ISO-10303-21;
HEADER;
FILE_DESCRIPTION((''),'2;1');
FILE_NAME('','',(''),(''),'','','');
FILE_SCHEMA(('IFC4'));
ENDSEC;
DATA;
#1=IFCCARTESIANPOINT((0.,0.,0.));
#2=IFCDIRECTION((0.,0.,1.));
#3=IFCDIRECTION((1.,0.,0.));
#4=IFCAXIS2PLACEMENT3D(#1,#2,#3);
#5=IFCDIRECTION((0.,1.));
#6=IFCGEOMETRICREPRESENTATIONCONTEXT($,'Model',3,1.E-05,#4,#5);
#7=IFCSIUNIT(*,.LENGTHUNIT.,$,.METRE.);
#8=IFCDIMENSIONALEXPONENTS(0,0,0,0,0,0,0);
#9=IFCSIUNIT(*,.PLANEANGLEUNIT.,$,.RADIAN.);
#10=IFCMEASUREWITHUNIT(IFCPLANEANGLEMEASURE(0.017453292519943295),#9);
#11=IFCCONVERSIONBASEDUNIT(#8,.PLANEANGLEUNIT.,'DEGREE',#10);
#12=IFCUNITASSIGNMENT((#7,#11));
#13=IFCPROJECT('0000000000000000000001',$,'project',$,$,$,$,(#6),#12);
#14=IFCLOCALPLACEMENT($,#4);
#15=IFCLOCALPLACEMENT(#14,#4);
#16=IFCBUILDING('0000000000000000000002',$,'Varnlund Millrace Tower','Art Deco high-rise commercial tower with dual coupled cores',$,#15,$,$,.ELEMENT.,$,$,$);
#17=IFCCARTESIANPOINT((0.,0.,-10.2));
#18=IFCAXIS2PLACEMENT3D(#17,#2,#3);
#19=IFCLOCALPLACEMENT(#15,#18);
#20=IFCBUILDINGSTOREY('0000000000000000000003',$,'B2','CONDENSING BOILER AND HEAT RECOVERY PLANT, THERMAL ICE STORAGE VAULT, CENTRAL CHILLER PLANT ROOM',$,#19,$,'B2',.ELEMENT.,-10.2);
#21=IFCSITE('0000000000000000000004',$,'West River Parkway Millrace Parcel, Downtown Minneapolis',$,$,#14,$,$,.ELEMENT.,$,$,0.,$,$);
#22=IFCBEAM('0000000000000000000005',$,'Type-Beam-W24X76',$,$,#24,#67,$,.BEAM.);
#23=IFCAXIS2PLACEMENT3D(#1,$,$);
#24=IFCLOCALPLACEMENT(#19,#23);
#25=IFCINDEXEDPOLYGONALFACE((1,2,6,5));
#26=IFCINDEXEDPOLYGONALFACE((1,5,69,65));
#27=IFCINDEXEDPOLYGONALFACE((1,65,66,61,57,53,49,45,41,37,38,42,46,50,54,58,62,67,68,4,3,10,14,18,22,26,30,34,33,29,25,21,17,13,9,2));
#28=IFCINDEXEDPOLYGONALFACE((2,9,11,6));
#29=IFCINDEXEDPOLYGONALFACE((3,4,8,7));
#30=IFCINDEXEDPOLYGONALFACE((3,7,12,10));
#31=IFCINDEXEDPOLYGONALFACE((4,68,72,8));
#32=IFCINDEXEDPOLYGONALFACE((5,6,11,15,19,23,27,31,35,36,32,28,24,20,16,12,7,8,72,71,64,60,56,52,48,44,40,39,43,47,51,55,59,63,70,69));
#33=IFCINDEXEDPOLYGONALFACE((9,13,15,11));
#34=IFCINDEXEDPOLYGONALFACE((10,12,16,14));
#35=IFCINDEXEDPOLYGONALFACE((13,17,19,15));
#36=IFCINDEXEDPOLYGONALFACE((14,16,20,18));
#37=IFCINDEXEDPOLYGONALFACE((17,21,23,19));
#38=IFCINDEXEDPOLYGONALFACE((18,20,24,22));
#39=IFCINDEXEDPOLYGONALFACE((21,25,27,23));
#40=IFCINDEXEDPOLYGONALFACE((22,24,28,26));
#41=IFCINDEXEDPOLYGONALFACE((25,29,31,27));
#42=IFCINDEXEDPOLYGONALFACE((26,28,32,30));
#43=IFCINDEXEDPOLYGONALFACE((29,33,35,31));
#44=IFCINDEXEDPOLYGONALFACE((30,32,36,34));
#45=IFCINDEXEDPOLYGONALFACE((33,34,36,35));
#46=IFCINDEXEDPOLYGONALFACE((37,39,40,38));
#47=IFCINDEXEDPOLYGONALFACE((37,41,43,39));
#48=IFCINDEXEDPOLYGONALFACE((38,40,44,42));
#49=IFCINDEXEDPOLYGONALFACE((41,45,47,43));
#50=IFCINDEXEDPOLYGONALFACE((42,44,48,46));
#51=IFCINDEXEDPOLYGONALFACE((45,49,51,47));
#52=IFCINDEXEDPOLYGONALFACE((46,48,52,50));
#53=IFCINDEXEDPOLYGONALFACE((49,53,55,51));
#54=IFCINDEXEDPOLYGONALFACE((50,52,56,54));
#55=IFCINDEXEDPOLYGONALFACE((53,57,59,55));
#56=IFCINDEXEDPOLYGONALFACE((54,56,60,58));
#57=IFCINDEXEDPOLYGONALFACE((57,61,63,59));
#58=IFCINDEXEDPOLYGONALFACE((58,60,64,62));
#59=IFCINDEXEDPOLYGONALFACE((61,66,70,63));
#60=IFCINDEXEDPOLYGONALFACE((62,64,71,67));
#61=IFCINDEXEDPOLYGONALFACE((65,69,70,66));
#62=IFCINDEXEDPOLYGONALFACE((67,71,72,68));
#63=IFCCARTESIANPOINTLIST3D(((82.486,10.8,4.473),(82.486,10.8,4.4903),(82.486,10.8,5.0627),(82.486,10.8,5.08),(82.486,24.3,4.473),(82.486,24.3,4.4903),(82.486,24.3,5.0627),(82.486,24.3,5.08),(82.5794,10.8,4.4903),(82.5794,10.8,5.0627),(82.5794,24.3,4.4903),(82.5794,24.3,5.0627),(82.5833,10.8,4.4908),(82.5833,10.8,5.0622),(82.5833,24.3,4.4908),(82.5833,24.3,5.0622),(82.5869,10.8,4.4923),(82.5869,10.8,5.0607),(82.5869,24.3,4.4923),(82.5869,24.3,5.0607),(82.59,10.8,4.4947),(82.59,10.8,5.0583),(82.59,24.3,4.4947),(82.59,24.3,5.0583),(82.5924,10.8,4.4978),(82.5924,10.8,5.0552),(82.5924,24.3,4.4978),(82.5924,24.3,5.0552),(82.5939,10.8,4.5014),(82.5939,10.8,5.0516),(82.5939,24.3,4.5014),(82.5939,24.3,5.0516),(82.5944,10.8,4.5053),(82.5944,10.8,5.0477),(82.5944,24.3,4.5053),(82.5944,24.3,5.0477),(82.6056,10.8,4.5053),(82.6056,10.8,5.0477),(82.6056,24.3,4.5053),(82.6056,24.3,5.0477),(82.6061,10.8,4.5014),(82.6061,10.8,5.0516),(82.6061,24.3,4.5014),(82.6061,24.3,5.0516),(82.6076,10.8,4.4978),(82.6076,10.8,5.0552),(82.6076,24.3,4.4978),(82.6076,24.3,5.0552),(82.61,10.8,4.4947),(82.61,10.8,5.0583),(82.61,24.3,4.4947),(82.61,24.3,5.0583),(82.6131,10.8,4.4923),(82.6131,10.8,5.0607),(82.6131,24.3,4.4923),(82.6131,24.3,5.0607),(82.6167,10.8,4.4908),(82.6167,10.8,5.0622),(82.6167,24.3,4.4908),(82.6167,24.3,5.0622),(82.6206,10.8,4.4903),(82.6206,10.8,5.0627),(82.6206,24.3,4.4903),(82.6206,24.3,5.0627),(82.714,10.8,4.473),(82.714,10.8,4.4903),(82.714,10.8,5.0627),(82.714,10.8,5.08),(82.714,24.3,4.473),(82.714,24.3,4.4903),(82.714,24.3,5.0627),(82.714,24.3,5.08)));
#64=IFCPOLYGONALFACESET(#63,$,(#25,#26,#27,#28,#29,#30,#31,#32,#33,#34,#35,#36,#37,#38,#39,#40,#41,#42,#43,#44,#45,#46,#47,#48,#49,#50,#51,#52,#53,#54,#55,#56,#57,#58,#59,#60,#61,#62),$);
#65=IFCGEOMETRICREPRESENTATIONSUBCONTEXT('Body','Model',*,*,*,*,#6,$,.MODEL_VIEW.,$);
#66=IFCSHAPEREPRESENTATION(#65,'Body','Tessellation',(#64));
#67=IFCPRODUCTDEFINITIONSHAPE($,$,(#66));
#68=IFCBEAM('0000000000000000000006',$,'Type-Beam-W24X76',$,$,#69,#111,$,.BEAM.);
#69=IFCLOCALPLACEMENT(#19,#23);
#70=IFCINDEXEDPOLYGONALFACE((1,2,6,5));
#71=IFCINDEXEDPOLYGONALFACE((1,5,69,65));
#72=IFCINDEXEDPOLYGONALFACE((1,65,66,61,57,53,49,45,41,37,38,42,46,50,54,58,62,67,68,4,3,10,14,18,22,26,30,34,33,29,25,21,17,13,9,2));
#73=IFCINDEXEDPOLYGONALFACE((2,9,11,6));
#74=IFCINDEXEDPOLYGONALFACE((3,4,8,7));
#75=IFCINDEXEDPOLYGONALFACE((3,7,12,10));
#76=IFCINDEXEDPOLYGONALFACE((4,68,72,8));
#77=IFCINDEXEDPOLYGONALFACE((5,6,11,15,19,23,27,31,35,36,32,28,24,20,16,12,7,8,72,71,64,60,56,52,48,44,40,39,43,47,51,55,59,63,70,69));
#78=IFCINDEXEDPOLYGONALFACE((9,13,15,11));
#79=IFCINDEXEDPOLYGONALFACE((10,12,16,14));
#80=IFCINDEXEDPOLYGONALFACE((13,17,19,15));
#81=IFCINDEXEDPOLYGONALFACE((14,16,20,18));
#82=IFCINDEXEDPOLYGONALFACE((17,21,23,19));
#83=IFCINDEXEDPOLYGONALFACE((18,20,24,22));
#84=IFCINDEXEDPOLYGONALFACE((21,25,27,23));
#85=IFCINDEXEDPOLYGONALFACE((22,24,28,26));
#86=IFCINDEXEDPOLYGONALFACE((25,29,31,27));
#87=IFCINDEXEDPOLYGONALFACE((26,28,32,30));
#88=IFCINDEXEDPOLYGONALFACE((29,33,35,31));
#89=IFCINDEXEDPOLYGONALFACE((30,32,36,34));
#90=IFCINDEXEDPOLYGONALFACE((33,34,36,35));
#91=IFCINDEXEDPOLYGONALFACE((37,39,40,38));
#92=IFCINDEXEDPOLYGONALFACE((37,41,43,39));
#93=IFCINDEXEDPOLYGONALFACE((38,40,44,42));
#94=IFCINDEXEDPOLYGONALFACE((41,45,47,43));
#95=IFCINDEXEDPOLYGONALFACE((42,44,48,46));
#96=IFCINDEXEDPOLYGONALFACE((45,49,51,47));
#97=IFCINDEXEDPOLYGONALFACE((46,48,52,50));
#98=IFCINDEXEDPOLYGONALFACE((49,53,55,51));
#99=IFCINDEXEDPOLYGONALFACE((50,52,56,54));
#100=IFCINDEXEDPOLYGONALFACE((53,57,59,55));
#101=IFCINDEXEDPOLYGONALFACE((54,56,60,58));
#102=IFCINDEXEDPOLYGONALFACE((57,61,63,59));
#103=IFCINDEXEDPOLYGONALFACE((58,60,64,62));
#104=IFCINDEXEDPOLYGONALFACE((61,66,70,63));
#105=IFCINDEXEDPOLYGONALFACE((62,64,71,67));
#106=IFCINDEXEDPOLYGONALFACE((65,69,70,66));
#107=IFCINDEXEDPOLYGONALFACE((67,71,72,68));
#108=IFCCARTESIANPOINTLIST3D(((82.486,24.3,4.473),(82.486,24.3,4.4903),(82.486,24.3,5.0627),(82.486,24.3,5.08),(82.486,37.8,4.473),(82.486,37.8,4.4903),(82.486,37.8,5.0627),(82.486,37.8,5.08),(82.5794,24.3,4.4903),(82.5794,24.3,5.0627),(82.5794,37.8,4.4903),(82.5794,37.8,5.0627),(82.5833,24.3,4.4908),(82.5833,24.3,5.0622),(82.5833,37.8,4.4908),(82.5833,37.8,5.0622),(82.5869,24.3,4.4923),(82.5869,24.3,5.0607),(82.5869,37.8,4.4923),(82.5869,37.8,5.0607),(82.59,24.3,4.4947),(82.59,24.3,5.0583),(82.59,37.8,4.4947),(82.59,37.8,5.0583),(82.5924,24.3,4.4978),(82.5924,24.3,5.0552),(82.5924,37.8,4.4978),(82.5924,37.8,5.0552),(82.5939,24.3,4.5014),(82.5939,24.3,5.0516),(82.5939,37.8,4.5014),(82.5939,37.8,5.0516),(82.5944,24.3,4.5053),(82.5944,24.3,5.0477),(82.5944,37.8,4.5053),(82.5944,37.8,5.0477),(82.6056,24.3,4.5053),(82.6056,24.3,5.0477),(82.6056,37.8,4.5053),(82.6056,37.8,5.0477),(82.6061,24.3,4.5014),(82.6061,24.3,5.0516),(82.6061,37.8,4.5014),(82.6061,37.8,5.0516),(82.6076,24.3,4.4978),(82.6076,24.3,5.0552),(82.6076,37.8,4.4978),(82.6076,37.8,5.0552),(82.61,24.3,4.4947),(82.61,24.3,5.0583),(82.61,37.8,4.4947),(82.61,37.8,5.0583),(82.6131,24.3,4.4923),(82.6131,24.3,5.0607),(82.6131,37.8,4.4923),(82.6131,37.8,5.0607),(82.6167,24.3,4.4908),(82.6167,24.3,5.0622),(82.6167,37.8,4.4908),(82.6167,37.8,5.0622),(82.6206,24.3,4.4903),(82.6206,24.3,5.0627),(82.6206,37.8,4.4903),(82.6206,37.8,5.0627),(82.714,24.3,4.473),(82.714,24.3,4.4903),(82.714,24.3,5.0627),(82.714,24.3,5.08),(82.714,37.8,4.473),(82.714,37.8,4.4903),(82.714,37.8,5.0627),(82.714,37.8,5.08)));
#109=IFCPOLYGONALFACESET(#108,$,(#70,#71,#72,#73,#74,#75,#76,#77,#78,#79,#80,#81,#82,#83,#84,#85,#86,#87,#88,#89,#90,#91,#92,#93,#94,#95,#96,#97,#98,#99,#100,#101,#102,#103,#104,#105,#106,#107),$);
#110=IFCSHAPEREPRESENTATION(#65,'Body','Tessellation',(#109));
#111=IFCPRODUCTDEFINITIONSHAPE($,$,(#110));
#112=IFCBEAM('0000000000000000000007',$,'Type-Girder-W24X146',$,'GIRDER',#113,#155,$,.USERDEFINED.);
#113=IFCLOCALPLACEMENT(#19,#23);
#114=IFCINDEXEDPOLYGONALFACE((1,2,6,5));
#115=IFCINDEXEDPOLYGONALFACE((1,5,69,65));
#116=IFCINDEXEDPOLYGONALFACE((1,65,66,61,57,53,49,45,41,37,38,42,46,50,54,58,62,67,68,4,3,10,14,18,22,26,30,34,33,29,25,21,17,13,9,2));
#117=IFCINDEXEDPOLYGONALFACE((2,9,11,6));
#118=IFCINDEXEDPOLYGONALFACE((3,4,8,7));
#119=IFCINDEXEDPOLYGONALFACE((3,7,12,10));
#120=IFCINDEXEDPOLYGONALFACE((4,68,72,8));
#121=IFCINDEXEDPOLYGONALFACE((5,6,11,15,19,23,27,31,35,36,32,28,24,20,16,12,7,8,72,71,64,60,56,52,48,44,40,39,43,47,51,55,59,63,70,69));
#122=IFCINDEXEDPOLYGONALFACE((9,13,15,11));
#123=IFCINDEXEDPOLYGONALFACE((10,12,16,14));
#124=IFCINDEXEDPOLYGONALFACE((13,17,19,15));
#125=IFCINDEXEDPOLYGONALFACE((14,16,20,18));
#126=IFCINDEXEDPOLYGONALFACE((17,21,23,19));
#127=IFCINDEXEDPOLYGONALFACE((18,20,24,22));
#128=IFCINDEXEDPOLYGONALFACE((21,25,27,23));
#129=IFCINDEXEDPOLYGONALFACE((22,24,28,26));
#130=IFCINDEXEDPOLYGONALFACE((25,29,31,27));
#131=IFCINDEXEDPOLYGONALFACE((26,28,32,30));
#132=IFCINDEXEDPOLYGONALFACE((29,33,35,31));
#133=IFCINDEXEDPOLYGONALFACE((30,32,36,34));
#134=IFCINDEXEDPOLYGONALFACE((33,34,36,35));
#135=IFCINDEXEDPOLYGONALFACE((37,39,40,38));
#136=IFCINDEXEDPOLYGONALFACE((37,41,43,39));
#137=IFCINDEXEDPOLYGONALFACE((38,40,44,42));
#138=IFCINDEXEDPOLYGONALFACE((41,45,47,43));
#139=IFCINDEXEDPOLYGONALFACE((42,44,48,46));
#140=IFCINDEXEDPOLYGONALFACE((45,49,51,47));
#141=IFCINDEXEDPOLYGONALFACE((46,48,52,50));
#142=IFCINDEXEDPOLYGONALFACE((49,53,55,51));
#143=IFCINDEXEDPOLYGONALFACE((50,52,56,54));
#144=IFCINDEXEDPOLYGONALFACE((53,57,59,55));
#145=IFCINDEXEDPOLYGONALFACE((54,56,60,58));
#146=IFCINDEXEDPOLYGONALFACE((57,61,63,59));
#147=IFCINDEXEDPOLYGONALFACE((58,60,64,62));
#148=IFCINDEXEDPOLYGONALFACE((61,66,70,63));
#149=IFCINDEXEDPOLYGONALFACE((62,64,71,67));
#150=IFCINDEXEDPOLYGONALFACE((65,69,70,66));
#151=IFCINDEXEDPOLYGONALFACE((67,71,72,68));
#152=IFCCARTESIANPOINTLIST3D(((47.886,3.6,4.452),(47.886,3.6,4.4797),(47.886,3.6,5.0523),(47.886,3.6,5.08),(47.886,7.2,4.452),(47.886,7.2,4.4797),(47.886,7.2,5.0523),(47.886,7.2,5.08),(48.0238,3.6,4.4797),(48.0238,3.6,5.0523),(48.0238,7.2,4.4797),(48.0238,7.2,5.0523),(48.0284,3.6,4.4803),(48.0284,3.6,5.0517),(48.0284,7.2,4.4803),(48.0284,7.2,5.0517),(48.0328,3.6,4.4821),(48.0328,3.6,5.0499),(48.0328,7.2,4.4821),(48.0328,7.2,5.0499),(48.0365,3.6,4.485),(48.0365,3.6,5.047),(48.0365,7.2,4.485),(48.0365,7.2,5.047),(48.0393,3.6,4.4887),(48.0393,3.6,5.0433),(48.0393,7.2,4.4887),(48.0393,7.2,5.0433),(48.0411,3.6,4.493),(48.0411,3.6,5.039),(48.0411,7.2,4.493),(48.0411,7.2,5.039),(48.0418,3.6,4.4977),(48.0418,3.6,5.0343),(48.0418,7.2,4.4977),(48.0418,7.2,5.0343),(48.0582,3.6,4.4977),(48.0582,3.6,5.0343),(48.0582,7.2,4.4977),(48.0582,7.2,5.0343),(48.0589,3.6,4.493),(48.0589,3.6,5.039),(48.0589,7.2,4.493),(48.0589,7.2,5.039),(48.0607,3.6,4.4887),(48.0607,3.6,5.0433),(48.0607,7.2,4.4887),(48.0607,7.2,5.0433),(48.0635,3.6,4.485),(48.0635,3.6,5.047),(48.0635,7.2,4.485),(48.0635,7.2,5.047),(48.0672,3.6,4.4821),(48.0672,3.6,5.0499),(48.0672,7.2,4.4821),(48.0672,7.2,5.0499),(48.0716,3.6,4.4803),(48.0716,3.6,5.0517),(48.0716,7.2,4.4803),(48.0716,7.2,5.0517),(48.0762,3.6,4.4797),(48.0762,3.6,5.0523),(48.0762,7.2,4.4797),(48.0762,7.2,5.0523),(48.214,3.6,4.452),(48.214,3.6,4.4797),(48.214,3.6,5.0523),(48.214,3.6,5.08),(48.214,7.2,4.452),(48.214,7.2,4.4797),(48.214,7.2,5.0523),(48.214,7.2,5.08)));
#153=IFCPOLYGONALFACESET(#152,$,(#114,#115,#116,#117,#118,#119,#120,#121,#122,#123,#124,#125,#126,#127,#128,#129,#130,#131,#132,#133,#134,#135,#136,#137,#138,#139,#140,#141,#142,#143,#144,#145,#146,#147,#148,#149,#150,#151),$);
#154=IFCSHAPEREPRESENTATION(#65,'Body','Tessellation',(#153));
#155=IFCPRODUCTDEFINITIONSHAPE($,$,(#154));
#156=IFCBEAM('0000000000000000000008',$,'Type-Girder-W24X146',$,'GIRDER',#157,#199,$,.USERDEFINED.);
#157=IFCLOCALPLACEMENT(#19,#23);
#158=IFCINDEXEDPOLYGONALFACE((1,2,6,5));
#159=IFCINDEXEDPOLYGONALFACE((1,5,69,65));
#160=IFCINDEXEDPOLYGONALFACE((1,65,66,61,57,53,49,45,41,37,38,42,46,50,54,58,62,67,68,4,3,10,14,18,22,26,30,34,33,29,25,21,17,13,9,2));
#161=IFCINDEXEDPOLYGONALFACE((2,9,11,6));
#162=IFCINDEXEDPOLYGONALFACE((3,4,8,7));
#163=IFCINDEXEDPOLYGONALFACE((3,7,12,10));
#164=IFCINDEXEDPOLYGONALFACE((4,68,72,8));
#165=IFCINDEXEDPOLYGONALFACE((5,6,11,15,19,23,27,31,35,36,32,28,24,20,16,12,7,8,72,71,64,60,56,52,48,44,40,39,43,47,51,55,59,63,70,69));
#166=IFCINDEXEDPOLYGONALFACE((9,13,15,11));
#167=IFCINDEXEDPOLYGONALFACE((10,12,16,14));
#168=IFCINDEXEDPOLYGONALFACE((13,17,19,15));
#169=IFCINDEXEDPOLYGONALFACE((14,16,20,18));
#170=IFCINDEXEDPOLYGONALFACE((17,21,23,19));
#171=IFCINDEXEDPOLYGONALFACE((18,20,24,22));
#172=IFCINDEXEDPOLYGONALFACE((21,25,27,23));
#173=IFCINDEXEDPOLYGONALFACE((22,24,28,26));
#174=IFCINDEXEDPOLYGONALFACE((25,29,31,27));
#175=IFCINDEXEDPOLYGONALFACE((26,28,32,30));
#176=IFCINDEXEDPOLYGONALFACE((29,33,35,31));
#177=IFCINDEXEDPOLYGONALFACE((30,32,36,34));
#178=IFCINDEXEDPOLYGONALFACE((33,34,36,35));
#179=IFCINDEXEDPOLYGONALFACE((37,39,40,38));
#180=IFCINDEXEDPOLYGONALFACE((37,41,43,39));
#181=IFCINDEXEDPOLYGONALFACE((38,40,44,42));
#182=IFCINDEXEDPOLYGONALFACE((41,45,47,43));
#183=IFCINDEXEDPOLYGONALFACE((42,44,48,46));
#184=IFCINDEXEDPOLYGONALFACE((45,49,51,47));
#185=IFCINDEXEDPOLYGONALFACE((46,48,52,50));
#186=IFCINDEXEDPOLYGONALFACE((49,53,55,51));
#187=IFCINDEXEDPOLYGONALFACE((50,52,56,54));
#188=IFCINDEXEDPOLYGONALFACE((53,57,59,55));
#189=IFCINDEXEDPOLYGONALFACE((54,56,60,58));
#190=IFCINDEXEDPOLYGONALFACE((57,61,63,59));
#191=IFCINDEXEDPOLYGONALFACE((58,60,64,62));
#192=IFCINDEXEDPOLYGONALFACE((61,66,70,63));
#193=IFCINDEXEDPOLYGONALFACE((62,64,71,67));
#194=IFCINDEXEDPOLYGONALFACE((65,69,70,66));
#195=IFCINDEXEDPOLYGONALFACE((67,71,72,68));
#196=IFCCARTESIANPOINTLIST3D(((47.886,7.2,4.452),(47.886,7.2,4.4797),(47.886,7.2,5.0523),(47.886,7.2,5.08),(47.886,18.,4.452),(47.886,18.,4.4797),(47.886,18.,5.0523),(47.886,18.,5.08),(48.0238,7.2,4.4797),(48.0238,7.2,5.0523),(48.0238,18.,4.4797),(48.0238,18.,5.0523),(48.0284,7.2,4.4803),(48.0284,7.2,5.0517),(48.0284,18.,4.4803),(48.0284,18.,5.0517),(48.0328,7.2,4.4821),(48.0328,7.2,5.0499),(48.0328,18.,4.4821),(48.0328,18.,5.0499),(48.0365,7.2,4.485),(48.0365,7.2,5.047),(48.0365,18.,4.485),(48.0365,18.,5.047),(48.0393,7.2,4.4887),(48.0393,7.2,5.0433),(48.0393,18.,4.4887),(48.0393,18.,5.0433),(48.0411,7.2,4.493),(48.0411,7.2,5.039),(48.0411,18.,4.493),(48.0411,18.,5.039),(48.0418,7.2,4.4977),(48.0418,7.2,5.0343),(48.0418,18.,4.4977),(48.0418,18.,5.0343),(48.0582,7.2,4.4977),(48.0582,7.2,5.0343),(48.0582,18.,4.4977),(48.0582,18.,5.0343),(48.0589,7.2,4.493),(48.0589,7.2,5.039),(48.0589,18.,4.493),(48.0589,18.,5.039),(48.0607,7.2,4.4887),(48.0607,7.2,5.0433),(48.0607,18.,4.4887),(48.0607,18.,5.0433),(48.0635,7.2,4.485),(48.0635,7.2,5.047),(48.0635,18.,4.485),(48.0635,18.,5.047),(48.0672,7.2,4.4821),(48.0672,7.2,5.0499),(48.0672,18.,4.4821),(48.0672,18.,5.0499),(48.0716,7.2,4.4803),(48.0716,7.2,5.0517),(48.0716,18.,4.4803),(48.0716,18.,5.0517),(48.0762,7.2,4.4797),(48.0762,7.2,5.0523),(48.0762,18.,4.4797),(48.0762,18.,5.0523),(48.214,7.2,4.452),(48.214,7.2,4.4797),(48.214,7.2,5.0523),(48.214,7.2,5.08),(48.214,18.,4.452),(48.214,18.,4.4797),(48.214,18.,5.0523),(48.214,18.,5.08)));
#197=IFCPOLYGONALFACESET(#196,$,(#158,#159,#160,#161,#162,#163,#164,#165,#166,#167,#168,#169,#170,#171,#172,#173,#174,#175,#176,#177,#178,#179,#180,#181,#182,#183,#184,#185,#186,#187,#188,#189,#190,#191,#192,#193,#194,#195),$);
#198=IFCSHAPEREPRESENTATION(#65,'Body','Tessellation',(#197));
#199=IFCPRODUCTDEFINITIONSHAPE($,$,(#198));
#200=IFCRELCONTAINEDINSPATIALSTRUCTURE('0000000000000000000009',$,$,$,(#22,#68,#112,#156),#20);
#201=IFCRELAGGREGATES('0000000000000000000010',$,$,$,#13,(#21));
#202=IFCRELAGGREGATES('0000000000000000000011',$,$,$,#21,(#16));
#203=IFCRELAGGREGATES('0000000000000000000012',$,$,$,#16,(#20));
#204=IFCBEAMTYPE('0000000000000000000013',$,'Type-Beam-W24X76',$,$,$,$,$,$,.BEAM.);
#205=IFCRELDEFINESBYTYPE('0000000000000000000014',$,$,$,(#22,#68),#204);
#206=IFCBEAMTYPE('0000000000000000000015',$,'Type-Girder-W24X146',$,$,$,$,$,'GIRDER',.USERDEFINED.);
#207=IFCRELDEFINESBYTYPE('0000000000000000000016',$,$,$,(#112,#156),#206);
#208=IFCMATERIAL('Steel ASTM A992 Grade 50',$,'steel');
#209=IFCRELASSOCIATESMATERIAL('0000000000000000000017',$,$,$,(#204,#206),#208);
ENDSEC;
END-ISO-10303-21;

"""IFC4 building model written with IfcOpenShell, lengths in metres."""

from ifc_helpers import new_model, entity, si_unit, converted_unit, direction, frame, origin_with_axes, origin_2d_with_axis, place, context, subcontext, project, spatial, i_section, extrude, material, material_profile, profile_set, type_object, element, save


model = new_model("IFC4")

# Units and contexts
model_context = context("Model", 3, precision=1e-05, world=origin_with_axes(), true_north=direction((0.0, 1.0)))
body_context = subcontext(model_context, "Body", "Model", "MODEL_VIEW")
ifc_project = project(units=[si_unit("LENGTHUNIT", "METRE"), converted_unit("PLANEANGLEUNIT", "DEGREE", entity("IfcPlaneAngleMeasure", 0.017453292519943295), si_unit("PLANEANGLEUNIT", "RADIAN"), dimensions=[0, 0, 0, 0, 0, 0, 0])], contexts=[model_context])

# Site, building, storey
site_placement = place(None, origin_with_axes())
site = spatial("IfcSite", under=ifc_project, at=site_placement, Name="West River Parkway Millrace Parcel, Downtown Minneapolis", CompositionType="ELEMENT", RefElevation=0.0)
building_placement = place(site_placement, origin_with_axes())
building = spatial("IfcBuilding", under=site, at=building_placement, Name="Varnlund Millrace Tower", Description="Art Deco high-rise commercial tower with dual coupled cores", CompositionType="ELEMENT")
storey_placement = place(building_placement, frame((0.0, 0.0, -10.2), z_axis=(0.0, 0.0, 1.0), x_axis=(1.0, 0.0, 0.0)))
storey = spatial("IfcBuildingStorey", under=building, at=storey_placement, Name="B2", Description="CONDENSING BOILER AND HEAT RECOVERY PLANT, THERMAL ICE STORAGE VAULT, CENTRAL CHILLER PLANT ROOM", LongName="B2", CompositionType="ELEMENT", Elevation=-10.2)

# Beams
ifc_material_1 = material(Name="Steel ASTM A992 Grade 50", Category="steel")
ifc_material_profile_1 = material_profile(ifc_material_1, i_section(OverallWidth=0.228, OverallDepth=0.607, WebThickness=0.0112, FlangeThickness=0.0173, FilletRadius=0.015, at=origin_2d_with_axis()), Name="Steel ASTM A992 Grade 50")
ifc_profile_set_1 = profile_set([ifc_material_profile_1], Name="Steel ASTM A992 Grade 50")
beam_type_1 = type_object("IfcBeamType", Name="Type-Beam-W24X76", PredefinedType="BEAM", material=ifc_profile_set_1)
for number, where, z_axis, x_axis, name in (
    (1, (82.6, 10.8, 4.7765), (0.0, 1.0, 0.0), (-1.0, 0.0, 0.0), "Type-Beam-W24X76"),
    (2, (82.6, 24.3, 4.7765), (0.0, 1.0, 0.0), (-1.0, 0.0, 0.0), "Type-Beam-W24X76"),
):
    element("IfcBeam", number, at=place(storey_placement, frame(where, z_axis=z_axis, x_axis=x_axis)), inside=storey, type_object=beam_type_1, Name=name, PredefinedType="BEAM", context=body_context, shape_type="SweptSolid", body=[
        extrude(i_section(OverallWidth=0.228, OverallDepth=0.607, WebThickness=0.0112, FlangeThickness=0.0173, FilletRadius=0.015, at=origin_2d_with_axis()), origin_with_axes(), (0.0, 0.0, 1.0), 13.5),
    ])
ifc_material_profile_2 = material_profile(ifc_material_1, i_section(OverallWidth=0.328, OverallDepth=0.628, WebThickness=0.0165, FlangeThickness=0.0277, FilletRadius=0.018, at=origin_2d_with_axis()), Name="Steel ASTM A992 Grade 50")
ifc_profile_set_2 = profile_set([ifc_material_profile_2], Name="Steel ASTM A992 Grade 50")
beam_type_2 = type_object("IfcBeamType", Name="Type-Girder-W24X146", ElementType="GIRDER", PredefinedType="USERDEFINED", material=ifc_profile_set_2)
beam_1_placement = place(storey_placement, frame((48.05, 3.6, 4.766), z_axis=(0.0, 1.0, 0.0), x_axis=(-1.0, 0.0, 0.0)))
element("IfcBeam", 3, at=beam_1_placement, inside=storey, type_object=beam_type_2, Name="Type-Girder-W24X146", ObjectType="GIRDER", PredefinedType="USERDEFINED", context=body_context, shape_type="SweptSolid", body=[
    extrude(i_section(OverallWidth=0.328, OverallDepth=0.628, WebThickness=0.0165, FlangeThickness=0.0277, FilletRadius=0.018, at=origin_2d_with_axis()), origin_with_axes(), (0.0, 0.0, 1.0), 3.6),
])
beam_2_placement = place(storey_placement, frame((48.05, 7.2, 4.766), z_axis=(0.0, 1.0, 0.0), x_axis=(-1.0, 0.0, 0.0)))
element("IfcBeam", 4, at=beam_2_placement, inside=storey, type_object=beam_type_2, Name="Type-Girder-W24X146", ObjectType="GIRDER", PredefinedType="USERDEFINED", context=body_context, shape_type="SweptSolid", body=[
    extrude(i_section(OverallWidth=0.328, OverallDepth=0.628, WebThickness=0.0165, FlangeThickness=0.0277, FilletRadius=0.018, at=origin_2d_with_axis()), origin_with_axes(), (0.0, 0.0, 1.0), 10.8),
])

save(model, "model.ifc")
